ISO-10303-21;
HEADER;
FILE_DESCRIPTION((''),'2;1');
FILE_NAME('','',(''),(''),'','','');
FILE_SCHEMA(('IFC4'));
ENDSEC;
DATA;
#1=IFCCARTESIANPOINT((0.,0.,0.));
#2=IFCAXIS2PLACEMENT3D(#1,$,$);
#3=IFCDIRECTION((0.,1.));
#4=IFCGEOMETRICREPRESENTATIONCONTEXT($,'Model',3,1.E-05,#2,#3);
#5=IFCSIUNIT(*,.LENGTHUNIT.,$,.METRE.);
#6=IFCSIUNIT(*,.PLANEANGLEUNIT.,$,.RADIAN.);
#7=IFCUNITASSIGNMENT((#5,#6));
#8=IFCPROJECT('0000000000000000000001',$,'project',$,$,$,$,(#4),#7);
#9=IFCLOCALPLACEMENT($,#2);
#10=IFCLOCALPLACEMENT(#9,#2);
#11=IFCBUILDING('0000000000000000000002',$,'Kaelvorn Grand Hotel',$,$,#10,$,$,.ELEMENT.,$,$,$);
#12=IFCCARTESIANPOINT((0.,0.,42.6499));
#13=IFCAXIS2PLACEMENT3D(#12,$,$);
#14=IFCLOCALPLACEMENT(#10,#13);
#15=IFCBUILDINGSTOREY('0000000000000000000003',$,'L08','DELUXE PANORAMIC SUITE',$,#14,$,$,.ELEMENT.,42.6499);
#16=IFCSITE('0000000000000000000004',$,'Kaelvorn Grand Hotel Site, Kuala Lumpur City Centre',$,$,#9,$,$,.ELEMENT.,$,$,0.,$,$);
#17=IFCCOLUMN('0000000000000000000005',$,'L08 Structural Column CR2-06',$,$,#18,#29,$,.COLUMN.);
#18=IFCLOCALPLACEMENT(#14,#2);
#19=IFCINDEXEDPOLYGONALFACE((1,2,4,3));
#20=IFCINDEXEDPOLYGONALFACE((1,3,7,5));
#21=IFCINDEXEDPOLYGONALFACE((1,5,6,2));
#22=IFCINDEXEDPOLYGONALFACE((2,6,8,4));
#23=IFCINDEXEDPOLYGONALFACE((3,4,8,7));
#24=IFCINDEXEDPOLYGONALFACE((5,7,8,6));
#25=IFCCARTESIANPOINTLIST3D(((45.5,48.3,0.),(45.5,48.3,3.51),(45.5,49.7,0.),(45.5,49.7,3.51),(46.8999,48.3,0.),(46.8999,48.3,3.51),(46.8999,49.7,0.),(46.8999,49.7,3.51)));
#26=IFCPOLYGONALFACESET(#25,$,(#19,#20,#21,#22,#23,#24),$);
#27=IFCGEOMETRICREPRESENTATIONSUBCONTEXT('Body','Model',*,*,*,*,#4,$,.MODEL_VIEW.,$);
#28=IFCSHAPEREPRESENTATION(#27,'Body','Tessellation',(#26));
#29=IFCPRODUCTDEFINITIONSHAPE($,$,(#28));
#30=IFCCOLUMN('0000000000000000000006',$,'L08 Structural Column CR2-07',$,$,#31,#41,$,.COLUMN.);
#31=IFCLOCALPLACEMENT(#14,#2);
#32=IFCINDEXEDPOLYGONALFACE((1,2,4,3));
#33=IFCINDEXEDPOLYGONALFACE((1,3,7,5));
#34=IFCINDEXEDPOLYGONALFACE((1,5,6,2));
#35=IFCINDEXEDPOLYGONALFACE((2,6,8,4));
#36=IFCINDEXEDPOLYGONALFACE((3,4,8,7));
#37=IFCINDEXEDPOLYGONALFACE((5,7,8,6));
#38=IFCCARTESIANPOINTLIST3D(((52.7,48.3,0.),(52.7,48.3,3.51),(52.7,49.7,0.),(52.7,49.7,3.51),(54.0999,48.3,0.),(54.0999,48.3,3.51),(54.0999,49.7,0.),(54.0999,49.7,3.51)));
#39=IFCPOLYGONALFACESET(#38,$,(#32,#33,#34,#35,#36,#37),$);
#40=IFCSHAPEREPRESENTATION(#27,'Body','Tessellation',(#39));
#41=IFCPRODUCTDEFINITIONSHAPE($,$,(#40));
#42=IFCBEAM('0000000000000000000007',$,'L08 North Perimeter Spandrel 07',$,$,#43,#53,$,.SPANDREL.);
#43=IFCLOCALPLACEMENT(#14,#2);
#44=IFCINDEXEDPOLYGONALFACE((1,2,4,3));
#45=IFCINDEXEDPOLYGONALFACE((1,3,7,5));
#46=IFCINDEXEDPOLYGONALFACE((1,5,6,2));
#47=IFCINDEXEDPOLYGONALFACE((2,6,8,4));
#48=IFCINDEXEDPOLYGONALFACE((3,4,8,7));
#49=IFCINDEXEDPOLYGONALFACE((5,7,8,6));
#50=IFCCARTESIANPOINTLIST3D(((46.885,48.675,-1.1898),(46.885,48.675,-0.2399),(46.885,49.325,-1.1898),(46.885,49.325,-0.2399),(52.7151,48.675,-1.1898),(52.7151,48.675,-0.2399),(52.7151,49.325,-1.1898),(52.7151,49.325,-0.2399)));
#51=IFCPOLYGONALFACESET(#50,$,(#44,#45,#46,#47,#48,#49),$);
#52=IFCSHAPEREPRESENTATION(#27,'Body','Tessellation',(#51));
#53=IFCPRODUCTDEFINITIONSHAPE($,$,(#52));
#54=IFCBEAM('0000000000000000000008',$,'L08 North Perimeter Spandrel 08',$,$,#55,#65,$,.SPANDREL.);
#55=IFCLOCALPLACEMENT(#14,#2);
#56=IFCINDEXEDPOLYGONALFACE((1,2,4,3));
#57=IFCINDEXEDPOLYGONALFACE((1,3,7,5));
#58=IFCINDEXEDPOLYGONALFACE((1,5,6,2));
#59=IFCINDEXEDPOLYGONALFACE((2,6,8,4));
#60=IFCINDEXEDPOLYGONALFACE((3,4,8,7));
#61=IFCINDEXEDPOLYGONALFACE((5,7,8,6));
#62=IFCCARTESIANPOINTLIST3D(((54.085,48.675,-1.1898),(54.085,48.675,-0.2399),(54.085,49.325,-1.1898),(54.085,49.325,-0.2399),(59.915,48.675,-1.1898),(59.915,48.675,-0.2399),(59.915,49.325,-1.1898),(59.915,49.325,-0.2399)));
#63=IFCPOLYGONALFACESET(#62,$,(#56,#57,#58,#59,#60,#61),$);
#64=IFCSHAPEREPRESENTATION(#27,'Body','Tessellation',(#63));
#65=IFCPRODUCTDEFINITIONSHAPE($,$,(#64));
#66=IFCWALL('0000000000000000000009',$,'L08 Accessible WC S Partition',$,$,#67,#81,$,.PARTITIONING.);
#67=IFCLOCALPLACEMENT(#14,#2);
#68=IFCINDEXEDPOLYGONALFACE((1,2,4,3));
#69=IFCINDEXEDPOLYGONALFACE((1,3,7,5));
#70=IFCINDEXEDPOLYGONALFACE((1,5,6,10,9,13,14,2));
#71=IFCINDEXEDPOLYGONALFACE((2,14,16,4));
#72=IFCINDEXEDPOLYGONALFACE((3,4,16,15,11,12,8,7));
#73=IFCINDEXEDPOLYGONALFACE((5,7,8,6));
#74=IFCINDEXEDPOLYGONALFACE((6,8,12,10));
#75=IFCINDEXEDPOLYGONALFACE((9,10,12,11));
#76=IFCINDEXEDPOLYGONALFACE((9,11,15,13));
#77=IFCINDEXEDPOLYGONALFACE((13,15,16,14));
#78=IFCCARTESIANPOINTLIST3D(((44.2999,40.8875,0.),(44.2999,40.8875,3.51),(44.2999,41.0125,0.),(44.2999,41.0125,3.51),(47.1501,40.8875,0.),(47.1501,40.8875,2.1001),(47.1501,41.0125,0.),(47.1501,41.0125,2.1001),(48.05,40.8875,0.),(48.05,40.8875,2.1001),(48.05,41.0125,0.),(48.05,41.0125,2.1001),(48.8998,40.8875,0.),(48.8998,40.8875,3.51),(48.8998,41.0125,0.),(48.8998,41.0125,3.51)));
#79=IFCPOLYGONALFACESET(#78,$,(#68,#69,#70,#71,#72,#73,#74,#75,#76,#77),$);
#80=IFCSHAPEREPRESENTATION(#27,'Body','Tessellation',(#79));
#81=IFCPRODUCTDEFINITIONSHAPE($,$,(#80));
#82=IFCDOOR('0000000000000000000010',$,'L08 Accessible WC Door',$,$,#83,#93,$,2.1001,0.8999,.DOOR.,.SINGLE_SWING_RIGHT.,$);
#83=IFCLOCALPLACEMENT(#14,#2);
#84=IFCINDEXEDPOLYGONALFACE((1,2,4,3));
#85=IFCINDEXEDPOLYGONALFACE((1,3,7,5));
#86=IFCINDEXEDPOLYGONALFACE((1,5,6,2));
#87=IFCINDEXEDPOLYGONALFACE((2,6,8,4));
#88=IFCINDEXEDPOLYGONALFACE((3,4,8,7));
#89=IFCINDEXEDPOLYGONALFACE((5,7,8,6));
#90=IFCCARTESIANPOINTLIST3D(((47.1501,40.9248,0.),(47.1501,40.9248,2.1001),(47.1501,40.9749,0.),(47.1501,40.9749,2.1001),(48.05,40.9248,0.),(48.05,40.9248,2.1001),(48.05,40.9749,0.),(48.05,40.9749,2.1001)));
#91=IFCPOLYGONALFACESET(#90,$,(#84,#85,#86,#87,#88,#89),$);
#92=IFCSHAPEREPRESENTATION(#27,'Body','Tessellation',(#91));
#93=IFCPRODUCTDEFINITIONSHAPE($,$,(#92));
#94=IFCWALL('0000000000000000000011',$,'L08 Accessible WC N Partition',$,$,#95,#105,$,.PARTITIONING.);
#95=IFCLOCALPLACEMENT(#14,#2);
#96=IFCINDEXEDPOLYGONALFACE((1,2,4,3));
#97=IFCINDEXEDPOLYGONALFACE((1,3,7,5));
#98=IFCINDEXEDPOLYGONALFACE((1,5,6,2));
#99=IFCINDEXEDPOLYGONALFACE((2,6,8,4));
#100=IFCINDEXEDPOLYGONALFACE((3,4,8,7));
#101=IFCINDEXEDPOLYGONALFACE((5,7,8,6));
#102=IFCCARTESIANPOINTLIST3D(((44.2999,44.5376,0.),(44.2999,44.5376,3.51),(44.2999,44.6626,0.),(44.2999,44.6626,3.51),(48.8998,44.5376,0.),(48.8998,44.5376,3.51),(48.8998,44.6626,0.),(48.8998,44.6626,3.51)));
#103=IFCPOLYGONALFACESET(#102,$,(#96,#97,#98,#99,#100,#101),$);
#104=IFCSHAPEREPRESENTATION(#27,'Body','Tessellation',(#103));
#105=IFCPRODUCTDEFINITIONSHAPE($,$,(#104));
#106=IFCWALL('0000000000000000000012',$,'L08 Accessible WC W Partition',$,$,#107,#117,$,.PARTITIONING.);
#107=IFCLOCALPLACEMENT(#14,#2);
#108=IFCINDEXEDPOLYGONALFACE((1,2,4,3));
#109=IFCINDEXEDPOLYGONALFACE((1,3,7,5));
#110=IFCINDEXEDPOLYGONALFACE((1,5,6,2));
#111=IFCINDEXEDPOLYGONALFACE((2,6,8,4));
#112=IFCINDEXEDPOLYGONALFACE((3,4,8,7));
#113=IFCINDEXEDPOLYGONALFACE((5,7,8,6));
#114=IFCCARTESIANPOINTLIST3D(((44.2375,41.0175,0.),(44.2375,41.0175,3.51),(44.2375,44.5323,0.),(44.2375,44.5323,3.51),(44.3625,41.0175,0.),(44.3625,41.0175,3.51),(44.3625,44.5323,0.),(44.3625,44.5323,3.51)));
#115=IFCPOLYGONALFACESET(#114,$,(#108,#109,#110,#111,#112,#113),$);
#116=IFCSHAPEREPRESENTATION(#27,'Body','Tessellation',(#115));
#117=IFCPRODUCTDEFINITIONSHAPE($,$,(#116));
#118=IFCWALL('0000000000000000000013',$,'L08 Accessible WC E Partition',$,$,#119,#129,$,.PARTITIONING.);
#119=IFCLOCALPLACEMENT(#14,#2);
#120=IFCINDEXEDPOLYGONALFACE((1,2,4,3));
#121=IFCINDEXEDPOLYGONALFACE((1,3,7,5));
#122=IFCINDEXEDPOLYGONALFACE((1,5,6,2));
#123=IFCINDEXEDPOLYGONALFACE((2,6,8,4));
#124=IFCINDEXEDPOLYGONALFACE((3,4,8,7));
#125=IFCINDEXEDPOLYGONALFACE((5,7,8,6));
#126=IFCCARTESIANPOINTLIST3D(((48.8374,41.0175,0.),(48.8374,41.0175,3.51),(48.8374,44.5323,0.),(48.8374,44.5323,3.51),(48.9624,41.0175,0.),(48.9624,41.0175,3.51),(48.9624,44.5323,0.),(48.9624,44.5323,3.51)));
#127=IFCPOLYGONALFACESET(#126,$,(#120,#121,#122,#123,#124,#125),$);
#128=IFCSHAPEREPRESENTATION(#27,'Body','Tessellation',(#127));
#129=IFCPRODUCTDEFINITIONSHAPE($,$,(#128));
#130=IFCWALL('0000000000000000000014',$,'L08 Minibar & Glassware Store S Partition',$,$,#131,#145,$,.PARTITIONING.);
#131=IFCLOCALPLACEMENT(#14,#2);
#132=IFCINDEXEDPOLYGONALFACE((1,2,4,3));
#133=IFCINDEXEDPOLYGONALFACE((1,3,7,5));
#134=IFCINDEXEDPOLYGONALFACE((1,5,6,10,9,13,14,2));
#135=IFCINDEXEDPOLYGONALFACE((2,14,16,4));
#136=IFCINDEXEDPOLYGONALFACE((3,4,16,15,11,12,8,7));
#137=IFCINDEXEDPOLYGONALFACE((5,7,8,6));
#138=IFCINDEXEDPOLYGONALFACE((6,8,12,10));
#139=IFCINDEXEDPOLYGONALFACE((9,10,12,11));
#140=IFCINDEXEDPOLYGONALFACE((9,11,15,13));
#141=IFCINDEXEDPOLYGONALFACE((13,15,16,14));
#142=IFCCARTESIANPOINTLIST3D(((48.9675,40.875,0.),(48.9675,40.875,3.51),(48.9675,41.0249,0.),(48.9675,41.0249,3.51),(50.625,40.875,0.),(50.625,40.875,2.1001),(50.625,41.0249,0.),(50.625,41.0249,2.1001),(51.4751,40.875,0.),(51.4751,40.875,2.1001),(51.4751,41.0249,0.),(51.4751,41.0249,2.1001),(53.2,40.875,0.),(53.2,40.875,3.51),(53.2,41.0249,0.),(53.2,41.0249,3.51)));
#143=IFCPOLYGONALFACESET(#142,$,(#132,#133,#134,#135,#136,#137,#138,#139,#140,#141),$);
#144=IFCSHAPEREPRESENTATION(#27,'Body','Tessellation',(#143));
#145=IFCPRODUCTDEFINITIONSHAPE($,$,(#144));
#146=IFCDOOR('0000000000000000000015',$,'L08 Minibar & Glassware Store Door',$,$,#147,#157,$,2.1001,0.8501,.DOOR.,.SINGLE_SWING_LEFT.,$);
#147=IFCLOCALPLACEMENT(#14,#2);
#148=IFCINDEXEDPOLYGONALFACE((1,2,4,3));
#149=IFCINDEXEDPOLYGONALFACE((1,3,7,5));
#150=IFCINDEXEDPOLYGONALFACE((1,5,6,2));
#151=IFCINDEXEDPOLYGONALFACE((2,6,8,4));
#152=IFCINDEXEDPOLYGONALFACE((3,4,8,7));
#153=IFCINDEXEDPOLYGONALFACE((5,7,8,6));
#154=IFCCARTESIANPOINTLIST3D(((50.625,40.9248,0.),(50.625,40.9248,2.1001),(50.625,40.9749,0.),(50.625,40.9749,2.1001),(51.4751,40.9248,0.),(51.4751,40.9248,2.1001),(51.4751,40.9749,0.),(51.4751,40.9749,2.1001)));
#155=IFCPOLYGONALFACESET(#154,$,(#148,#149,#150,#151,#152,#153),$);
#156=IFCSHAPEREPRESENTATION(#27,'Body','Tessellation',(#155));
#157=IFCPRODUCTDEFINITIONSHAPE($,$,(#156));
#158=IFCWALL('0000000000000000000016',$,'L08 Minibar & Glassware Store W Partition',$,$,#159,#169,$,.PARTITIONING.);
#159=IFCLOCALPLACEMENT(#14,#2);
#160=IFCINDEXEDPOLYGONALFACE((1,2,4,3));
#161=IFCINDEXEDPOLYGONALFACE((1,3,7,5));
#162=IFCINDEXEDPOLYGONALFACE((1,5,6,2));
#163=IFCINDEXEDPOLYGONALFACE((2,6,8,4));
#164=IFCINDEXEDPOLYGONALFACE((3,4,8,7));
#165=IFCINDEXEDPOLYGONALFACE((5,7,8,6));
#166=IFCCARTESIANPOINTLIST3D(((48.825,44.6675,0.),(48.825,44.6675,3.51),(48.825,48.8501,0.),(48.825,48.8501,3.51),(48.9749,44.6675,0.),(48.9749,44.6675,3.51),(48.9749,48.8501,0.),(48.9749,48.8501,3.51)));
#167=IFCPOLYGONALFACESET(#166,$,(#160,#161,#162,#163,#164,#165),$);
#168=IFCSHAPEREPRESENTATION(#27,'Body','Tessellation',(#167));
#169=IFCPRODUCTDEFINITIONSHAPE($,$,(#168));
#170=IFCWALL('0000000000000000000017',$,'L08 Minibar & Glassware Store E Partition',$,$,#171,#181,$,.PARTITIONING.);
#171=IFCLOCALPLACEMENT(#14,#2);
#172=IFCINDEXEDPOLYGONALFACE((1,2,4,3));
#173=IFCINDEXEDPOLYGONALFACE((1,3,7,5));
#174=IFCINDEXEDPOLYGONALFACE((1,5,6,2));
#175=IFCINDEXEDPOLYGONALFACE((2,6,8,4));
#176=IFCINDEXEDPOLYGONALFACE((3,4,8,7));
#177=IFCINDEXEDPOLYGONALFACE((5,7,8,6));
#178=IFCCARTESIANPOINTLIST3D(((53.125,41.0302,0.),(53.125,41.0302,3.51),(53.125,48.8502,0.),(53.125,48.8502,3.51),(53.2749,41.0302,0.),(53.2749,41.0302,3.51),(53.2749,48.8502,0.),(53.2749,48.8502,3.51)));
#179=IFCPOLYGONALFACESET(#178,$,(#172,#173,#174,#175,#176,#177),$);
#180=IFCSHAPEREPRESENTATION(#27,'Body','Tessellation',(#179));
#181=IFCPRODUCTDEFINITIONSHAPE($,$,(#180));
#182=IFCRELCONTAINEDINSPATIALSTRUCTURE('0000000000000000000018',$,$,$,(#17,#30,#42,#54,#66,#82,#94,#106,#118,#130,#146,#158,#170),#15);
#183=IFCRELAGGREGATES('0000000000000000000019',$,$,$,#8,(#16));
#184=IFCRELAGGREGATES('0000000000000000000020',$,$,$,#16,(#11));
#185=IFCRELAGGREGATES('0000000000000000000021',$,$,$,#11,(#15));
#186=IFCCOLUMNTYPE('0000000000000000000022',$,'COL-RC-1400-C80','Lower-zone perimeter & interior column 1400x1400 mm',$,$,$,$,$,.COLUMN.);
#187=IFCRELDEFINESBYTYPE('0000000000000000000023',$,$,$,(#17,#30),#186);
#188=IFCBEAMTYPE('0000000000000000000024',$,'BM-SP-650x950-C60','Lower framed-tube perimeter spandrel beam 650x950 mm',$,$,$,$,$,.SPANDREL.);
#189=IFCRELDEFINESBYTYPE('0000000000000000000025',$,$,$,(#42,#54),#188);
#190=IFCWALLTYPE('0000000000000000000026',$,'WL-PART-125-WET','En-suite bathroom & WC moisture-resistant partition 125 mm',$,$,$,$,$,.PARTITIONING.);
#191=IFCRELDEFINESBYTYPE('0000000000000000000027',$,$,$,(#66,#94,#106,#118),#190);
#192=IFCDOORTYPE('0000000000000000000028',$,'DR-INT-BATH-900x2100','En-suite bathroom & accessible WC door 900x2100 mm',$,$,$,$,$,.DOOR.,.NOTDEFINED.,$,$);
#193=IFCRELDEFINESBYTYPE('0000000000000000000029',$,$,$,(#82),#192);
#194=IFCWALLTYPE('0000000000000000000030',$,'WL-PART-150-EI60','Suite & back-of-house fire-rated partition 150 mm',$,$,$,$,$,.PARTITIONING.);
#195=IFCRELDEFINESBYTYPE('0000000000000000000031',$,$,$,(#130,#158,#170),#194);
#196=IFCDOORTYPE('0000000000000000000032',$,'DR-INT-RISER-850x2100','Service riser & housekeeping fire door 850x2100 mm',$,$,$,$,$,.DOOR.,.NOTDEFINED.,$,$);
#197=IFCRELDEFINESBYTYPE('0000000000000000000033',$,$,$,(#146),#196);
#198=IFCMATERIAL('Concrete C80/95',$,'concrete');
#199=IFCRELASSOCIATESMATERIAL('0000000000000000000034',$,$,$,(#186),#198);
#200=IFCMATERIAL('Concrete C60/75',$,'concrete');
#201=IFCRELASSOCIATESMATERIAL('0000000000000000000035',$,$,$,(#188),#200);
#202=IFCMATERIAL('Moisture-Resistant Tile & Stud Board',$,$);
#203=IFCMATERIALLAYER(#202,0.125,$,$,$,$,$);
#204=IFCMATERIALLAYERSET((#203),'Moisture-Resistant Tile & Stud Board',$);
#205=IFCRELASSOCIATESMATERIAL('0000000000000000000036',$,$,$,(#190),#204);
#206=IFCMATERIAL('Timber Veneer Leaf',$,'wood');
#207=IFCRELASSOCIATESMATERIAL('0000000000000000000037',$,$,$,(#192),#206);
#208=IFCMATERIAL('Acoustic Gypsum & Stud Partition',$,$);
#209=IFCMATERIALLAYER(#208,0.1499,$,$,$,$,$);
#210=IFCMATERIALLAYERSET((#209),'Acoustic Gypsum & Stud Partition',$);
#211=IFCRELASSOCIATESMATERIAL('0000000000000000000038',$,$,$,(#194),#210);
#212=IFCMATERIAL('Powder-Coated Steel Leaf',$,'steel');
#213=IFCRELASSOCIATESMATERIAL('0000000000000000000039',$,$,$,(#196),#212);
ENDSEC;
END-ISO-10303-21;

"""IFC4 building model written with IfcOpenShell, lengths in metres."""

from ifc_helpers import new_model, si_unit, direction, frame, frame_2d, origin, origin_2d, place, context, subcontext, project, spatial, rectangle, extrude, material, layer, layer_set, material_profile, profile_set, type_object, element, fill, save


model = new_model("IFC4")

# Units and contexts
model_context = context("Model", 3, precision=1e-05, world=origin(), true_north=direction((0.0, 1.0)))
body_context = subcontext(model_context, "Body", "Model", "MODEL_VIEW")
ifc_project = project(units=[si_unit("LENGTHUNIT", "METRE"), si_unit("PLANEANGLEUNIT", "RADIAN")], contexts=[model_context])

# Site, building, storey
site_placement = place(None, origin())
site = spatial("IfcSite", under=ifc_project, at=site_placement, Name="Kaelvorn Grand Hotel Site, Kuala Lumpur City Centre", CompositionType="ELEMENT", RefElevation=0.0)
building_placement = place(site_placement, origin())
building = spatial("IfcBuilding", under=site, at=building_placement, Name="Kaelvorn Grand Hotel", CompositionType="ELEMENT")
storey_placement = place(building_placement, frame((0.0, 0.0, 42.6499)))
storey = spatial("IfcBuildingStorey", under=building, at=storey_placement, Name="L08", Description="DELUXE PANORAMIC SUITE", CompositionType="ELEMENT", Elevation=42.6499)

# Columns
ifc_material_1 = material(Name="Concrete C80/95", Category="concrete")
ifc_material_profile_1 = material_profile(ifc_material_1, rectangle(XDim=1.3999, YDim=1.3999, at=origin_2d()), Name="RC COL 1400x1400")
ifc_profile_set_1 = profile_set([ifc_material_profile_1], Name="Concrete C80/95")
column_type = type_object("IfcColumnType", Name="COL-RC-1400-C80", Description="Lower-zone perimeter & interior column 1400x1400 mm", PredefinedType="COLUMN", material=ifc_profile_set_1)
for number, where, z_axis, x_axis, name in (
    (1, (46.2, 49.0, 0.0), (0.0, 0.0, 1.0), (1.0, 0.0, 0.0), "L08 Structural Column CR2-06"),
    (2, (53.3999, 49.0, 0.0), (0.0, 0.0, 1.0), (1.0, 0.0, 0.0), "L08 Structural Column CR2-07"),
):
    element("IfcColumn", number, at=place(storey_placement, frame(where, z_axis=z_axis, x_axis=x_axis)), inside=storey, type_object=column_type, Name=name, PredefinedType="COLUMN", context=body_context, shape_type="SweptSolid", body=[
        extrude(rectangle(XDim=1.3999, YDim=1.3999, at=origin_2d()), origin(), (0.0, 0.0, 1.0), 3.51),
    ])

# Beams
ifc_material_2 = material(Name="Concrete C60/75", Category="concrete")
ifc_material_profile_2 = material_profile(ifc_material_2, rectangle(XDim=0.6499, YDim=0.95, at=origin_2d()), Name="RC SPANDREL 650x950")
ifc_profile_set_2 = profile_set([ifc_material_profile_2], Name="Concrete C60/75")
beam_type = type_object("IfcBeamType", Name="BM-SP-650x950-C60", Description="Lower framed-tube perimeter spandrel beam 650x950 mm", PredefinedType="SPANDREL", material=ifc_profile_set_2)
for number, where, z_axis, x_axis, name in (
    (3, (46.885, 49.0, -0.7148), (1.0, 0.0, 0.0), (0.0, 1.0, 0.0), "L08 North Perimeter Spandrel 07"),
    (4, (54.085, 49.0, -0.7148), (1.0, 0.0, 0.0), (0.0, 1.0, 0.0), "L08 North Perimeter Spandrel 08"),
):
    element("IfcBeam", number, at=place(storey_placement, frame(where, z_axis=z_axis, x_axis=x_axis)), inside=storey, type_object=beam_type, Name=name, PredefinedType="SPANDREL", context=body_context, shape_type="SweptSolid", body=[
        extrude(rectangle(XDim=0.6499, YDim=0.95, at=origin_2d()), origin(), (0.0, 0.0, 1.0), 5.8301),
    ])

# Wall, opening, door
ifc_material_3 = material(Name="Moisture-Resistant Tile & Stud Board")
ifc_layer_1 = layer(ifc_material_3, 0.125)
ifc_layer_set_1 = layer_set([ifc_layer_1], Name="Moisture-Resistant Tile & Stud Board")
wall_type_1 = type_object("IfcWallType", Name="WL-PART-125-WET", Description="En-suite bathroom & WC moisture-resistant partition 125 mm", PredefinedType="PARTITIONING", material=ifc_layer_set_1)
wall_1_placement = place(storey_placement, frame((44.3, 40.95, 0.0), z_axis=(0.0, 0.0, 1.0), x_axis=(1.0, 0.0, 0.0)))
wall_1 = element("IfcWall", 5, at=wall_1_placement, inside=storey, type_object=wall_type_1, Name="L08 Accessible WC S Partition", PredefinedType="PARTITIONING", context=body_context, shape_type="SweptSolid", body=[
    extrude(rectangle(XDim=4.5999, YDim=0.125, at=frame_2d((2.2998, 0.0))), origin(), (0.0, 0.0, 1.0), 3.51),
])
opening_1_placement = place(wall_1_placement, frame((2.8501, 0.0, 0.0)))
opening_1 = element("IfcOpeningElement", 6, at=opening_1_placement, cuts=wall_1, PredefinedType="OPENING", context=body_context, shape_type="SweptSolid", body=[
    extrude(rectangle(XDim=0.8999, YDim=2.1001, at=frame_2d((0.45, 1.05))), frame((0.0, 0.0725, 0.0), z_axis=(0.0, -1.0, 0.0), x_axis=(1.0, 0.0, 0.0)), (0.0, 0.0, 1.0), 0.145),
])
ifc_material_4 = material(Name="Timber Veneer Leaf", Category="wood")
door_type_1 = type_object("IfcDoorType", Name="DR-INT-BATH-900x2100", Description="En-suite bathroom & accessible WC door 900x2100 mm", OperationType="NOTDEFINED", PredefinedType="DOOR", material=ifc_material_4)
door_1_placement = place(opening_1_placement, origin())
door_1 = element("IfcDoor", 7, at=door_1_placement, inside=storey, type_object=door_type_1, Name="L08 Accessible WC Door", OperationType="SINGLE_SWING_RIGHT", OverallHeight=2.1001, OverallWidth=0.8999, PredefinedType="DOOR", context=body_context, shape_type="SweptSolid", body=[
    extrude(rectangle(XDim=0.8999, YDim=2.1001, at=frame_2d((0.45, 1.05))), frame((0.0, 0.0249, 0.0), z_axis=(0.0, -1.0, 0.0), x_axis=(1.0, 0.0, 0.0)), (0.0, 0.0, 1.0), 0.05),
])
fill(opening_1, door_1)

# Walls
wall_2_placement = place(storey_placement, frame((44.3, 44.6001, 0.0), z_axis=(0.0, 0.0, 1.0), x_axis=(1.0, 0.0, 0.0)))
element("IfcWall", 8, at=wall_2_placement, inside=storey, type_object=wall_type_1, Name="L08 Accessible WC N Partition", PredefinedType="PARTITIONING", context=body_context, shape_type="SweptSolid", body=[
    extrude(rectangle(XDim=4.5999, YDim=0.125, at=frame_2d((2.2998, 0.0))), origin(), (0.0, 0.0, 1.0), 3.51),
])
for number, where, z_axis, x_axis, name in (
    (9, (44.3, 41.0176, 0.0), (0.0, 0.0, 1.0), (0.0, 1.0, 0.0), "L08 Accessible WC W Partition"),
    (10, (48.8999, 41.0176, 0.0), (0.0, 0.0, 1.0), (0.0, 1.0, 0.0), "L08 Accessible WC E Partition"),
):
    element("IfcWall", number, at=place(storey_placement, frame(where, z_axis=z_axis, x_axis=x_axis)), inside=storey, type_object=wall_type_1, Name=name, PredefinedType="PARTITIONING", context=body_context, shape_type="SweptSolid", body=[
        extrude(rectangle(XDim=3.5149, YDim=0.125, at=frame_2d((1.7573, 0.0))), origin(), (0.0, 0.0, 1.0), 3.51),
    ])

# Wall, opening, door
ifc_material_5 = material(Name="Acoustic Gypsum & Stud Partition")
ifc_layer_2 = layer(ifc_material_5, 0.1499)
ifc_layer_set_2 = layer_set([ifc_layer_2], Name="Acoustic Gypsum & Stud Partition")
wall_type_2 = type_object("IfcWallType", Name="WL-PART-150-EI60", Description="Suite & back-of-house fire-rated partition 150 mm", PredefinedType="PARTITIONING", material=ifc_layer_set_2)
wall_3_placement = place(storey_placement, frame((48.9675, 40.95, 0.0), z_axis=(0.0, 0.0, 1.0), x_axis=(1.0, 0.0, 0.0)))
wall_3 = element("IfcWall", 11, at=wall_3_placement, inside=storey, type_object=wall_type_2, Name="L08 Minibar & Glassware Store S Partition", PredefinedType="PARTITIONING", context=body_context, shape_type="SweptSolid", body=[
    extrude(rectangle(XDim=4.2324, YDim=0.1499, at=frame_2d((2.1162, 0.0))), origin(), (0.0, 0.0, 1.0), 3.51),
])
opening_2_placement = place(wall_3_placement, frame((1.6575, 0.0, 0.0)))
opening_2 = element("IfcOpeningElement", 12, at=opening_2_placement, cuts=wall_3, PredefinedType="OPENING", context=body_context, shape_type="SweptSolid", body=[
    extrude(rectangle(XDim=0.8501, YDim=2.1001, at=frame_2d((0.425, 1.05))), frame((0.0, 0.085, 0.0), z_axis=(0.0, -1.0, 0.0), x_axis=(1.0, 0.0, 0.0)), (0.0, 0.0, 1.0), 0.1699),
])
ifc_material_6 = material(Name="Powder-Coated Steel Leaf", Category="steel")
door_type_2 = type_object("IfcDoorType", Name="DR-INT-RISER-850x2100", Description="Service riser & housekeeping fire door 850x2100 mm", OperationType="NOTDEFINED", PredefinedType="DOOR", material=ifc_material_6)
door_2_placement = place(opening_2_placement, origin())
door_2 = element("IfcDoor", 13, at=door_2_placement, inside=storey, type_object=door_type_2, Name="L08 Minibar & Glassware Store Door", OperationType="SINGLE_SWING_LEFT", OverallHeight=2.1001, OverallWidth=0.8501, PredefinedType="DOOR", context=body_context, shape_type="SweptSolid", body=[
    extrude(rectangle(XDim=0.8501, YDim=2.1001, at=frame_2d((0.425, 1.05))), frame((0.0, 0.0249, 0.0), z_axis=(0.0, -1.0, 0.0), x_axis=(1.0, 0.0, 0.0)), (0.0, 0.0, 1.0), 0.05),
])
fill(opening_2, door_2)

# Walls
wall_4_placement = place(storey_placement, frame((48.8999, 44.6675, 0.0), z_axis=(0.0, 0.0, 1.0), x_axis=(0.0, 1.0, 0.0)))
element("IfcWall", 14, at=wall_4_placement, inside=storey, type_object=wall_type_2, Name="L08 Minibar & Glassware Store W Partition", PredefinedType="PARTITIONING", context=body_context, shape_type="SweptSolid", body=[
    extrude(rectangle(XDim=4.1826, YDim=0.1499, at=frame_2d((2.0913, 0.0))), origin(), (0.0, 0.0, 1.0), 3.51),
])
wall_5_placement = place(storey_placement, frame((53.2, 41.03, 0.0), z_axis=(0.0, 0.0, 1.0), x_axis=(0.0, 1.0, 0.0)))
element("IfcWall", 15, at=wall_5_placement, inside=storey, type_object=wall_type_2, Name="L08 Minibar & Glassware Store E Partition", PredefinedType="PARTITIONING", context=body_context, shape_type="SweptSolid", body=[
    extrude(rectangle(XDim=7.8201, YDim=0.1499, at=frame_2d((3.9102, 0.0))), origin(), (0.0, 0.0, 1.0), 3.51),
])

save(model, "model.ifc")
